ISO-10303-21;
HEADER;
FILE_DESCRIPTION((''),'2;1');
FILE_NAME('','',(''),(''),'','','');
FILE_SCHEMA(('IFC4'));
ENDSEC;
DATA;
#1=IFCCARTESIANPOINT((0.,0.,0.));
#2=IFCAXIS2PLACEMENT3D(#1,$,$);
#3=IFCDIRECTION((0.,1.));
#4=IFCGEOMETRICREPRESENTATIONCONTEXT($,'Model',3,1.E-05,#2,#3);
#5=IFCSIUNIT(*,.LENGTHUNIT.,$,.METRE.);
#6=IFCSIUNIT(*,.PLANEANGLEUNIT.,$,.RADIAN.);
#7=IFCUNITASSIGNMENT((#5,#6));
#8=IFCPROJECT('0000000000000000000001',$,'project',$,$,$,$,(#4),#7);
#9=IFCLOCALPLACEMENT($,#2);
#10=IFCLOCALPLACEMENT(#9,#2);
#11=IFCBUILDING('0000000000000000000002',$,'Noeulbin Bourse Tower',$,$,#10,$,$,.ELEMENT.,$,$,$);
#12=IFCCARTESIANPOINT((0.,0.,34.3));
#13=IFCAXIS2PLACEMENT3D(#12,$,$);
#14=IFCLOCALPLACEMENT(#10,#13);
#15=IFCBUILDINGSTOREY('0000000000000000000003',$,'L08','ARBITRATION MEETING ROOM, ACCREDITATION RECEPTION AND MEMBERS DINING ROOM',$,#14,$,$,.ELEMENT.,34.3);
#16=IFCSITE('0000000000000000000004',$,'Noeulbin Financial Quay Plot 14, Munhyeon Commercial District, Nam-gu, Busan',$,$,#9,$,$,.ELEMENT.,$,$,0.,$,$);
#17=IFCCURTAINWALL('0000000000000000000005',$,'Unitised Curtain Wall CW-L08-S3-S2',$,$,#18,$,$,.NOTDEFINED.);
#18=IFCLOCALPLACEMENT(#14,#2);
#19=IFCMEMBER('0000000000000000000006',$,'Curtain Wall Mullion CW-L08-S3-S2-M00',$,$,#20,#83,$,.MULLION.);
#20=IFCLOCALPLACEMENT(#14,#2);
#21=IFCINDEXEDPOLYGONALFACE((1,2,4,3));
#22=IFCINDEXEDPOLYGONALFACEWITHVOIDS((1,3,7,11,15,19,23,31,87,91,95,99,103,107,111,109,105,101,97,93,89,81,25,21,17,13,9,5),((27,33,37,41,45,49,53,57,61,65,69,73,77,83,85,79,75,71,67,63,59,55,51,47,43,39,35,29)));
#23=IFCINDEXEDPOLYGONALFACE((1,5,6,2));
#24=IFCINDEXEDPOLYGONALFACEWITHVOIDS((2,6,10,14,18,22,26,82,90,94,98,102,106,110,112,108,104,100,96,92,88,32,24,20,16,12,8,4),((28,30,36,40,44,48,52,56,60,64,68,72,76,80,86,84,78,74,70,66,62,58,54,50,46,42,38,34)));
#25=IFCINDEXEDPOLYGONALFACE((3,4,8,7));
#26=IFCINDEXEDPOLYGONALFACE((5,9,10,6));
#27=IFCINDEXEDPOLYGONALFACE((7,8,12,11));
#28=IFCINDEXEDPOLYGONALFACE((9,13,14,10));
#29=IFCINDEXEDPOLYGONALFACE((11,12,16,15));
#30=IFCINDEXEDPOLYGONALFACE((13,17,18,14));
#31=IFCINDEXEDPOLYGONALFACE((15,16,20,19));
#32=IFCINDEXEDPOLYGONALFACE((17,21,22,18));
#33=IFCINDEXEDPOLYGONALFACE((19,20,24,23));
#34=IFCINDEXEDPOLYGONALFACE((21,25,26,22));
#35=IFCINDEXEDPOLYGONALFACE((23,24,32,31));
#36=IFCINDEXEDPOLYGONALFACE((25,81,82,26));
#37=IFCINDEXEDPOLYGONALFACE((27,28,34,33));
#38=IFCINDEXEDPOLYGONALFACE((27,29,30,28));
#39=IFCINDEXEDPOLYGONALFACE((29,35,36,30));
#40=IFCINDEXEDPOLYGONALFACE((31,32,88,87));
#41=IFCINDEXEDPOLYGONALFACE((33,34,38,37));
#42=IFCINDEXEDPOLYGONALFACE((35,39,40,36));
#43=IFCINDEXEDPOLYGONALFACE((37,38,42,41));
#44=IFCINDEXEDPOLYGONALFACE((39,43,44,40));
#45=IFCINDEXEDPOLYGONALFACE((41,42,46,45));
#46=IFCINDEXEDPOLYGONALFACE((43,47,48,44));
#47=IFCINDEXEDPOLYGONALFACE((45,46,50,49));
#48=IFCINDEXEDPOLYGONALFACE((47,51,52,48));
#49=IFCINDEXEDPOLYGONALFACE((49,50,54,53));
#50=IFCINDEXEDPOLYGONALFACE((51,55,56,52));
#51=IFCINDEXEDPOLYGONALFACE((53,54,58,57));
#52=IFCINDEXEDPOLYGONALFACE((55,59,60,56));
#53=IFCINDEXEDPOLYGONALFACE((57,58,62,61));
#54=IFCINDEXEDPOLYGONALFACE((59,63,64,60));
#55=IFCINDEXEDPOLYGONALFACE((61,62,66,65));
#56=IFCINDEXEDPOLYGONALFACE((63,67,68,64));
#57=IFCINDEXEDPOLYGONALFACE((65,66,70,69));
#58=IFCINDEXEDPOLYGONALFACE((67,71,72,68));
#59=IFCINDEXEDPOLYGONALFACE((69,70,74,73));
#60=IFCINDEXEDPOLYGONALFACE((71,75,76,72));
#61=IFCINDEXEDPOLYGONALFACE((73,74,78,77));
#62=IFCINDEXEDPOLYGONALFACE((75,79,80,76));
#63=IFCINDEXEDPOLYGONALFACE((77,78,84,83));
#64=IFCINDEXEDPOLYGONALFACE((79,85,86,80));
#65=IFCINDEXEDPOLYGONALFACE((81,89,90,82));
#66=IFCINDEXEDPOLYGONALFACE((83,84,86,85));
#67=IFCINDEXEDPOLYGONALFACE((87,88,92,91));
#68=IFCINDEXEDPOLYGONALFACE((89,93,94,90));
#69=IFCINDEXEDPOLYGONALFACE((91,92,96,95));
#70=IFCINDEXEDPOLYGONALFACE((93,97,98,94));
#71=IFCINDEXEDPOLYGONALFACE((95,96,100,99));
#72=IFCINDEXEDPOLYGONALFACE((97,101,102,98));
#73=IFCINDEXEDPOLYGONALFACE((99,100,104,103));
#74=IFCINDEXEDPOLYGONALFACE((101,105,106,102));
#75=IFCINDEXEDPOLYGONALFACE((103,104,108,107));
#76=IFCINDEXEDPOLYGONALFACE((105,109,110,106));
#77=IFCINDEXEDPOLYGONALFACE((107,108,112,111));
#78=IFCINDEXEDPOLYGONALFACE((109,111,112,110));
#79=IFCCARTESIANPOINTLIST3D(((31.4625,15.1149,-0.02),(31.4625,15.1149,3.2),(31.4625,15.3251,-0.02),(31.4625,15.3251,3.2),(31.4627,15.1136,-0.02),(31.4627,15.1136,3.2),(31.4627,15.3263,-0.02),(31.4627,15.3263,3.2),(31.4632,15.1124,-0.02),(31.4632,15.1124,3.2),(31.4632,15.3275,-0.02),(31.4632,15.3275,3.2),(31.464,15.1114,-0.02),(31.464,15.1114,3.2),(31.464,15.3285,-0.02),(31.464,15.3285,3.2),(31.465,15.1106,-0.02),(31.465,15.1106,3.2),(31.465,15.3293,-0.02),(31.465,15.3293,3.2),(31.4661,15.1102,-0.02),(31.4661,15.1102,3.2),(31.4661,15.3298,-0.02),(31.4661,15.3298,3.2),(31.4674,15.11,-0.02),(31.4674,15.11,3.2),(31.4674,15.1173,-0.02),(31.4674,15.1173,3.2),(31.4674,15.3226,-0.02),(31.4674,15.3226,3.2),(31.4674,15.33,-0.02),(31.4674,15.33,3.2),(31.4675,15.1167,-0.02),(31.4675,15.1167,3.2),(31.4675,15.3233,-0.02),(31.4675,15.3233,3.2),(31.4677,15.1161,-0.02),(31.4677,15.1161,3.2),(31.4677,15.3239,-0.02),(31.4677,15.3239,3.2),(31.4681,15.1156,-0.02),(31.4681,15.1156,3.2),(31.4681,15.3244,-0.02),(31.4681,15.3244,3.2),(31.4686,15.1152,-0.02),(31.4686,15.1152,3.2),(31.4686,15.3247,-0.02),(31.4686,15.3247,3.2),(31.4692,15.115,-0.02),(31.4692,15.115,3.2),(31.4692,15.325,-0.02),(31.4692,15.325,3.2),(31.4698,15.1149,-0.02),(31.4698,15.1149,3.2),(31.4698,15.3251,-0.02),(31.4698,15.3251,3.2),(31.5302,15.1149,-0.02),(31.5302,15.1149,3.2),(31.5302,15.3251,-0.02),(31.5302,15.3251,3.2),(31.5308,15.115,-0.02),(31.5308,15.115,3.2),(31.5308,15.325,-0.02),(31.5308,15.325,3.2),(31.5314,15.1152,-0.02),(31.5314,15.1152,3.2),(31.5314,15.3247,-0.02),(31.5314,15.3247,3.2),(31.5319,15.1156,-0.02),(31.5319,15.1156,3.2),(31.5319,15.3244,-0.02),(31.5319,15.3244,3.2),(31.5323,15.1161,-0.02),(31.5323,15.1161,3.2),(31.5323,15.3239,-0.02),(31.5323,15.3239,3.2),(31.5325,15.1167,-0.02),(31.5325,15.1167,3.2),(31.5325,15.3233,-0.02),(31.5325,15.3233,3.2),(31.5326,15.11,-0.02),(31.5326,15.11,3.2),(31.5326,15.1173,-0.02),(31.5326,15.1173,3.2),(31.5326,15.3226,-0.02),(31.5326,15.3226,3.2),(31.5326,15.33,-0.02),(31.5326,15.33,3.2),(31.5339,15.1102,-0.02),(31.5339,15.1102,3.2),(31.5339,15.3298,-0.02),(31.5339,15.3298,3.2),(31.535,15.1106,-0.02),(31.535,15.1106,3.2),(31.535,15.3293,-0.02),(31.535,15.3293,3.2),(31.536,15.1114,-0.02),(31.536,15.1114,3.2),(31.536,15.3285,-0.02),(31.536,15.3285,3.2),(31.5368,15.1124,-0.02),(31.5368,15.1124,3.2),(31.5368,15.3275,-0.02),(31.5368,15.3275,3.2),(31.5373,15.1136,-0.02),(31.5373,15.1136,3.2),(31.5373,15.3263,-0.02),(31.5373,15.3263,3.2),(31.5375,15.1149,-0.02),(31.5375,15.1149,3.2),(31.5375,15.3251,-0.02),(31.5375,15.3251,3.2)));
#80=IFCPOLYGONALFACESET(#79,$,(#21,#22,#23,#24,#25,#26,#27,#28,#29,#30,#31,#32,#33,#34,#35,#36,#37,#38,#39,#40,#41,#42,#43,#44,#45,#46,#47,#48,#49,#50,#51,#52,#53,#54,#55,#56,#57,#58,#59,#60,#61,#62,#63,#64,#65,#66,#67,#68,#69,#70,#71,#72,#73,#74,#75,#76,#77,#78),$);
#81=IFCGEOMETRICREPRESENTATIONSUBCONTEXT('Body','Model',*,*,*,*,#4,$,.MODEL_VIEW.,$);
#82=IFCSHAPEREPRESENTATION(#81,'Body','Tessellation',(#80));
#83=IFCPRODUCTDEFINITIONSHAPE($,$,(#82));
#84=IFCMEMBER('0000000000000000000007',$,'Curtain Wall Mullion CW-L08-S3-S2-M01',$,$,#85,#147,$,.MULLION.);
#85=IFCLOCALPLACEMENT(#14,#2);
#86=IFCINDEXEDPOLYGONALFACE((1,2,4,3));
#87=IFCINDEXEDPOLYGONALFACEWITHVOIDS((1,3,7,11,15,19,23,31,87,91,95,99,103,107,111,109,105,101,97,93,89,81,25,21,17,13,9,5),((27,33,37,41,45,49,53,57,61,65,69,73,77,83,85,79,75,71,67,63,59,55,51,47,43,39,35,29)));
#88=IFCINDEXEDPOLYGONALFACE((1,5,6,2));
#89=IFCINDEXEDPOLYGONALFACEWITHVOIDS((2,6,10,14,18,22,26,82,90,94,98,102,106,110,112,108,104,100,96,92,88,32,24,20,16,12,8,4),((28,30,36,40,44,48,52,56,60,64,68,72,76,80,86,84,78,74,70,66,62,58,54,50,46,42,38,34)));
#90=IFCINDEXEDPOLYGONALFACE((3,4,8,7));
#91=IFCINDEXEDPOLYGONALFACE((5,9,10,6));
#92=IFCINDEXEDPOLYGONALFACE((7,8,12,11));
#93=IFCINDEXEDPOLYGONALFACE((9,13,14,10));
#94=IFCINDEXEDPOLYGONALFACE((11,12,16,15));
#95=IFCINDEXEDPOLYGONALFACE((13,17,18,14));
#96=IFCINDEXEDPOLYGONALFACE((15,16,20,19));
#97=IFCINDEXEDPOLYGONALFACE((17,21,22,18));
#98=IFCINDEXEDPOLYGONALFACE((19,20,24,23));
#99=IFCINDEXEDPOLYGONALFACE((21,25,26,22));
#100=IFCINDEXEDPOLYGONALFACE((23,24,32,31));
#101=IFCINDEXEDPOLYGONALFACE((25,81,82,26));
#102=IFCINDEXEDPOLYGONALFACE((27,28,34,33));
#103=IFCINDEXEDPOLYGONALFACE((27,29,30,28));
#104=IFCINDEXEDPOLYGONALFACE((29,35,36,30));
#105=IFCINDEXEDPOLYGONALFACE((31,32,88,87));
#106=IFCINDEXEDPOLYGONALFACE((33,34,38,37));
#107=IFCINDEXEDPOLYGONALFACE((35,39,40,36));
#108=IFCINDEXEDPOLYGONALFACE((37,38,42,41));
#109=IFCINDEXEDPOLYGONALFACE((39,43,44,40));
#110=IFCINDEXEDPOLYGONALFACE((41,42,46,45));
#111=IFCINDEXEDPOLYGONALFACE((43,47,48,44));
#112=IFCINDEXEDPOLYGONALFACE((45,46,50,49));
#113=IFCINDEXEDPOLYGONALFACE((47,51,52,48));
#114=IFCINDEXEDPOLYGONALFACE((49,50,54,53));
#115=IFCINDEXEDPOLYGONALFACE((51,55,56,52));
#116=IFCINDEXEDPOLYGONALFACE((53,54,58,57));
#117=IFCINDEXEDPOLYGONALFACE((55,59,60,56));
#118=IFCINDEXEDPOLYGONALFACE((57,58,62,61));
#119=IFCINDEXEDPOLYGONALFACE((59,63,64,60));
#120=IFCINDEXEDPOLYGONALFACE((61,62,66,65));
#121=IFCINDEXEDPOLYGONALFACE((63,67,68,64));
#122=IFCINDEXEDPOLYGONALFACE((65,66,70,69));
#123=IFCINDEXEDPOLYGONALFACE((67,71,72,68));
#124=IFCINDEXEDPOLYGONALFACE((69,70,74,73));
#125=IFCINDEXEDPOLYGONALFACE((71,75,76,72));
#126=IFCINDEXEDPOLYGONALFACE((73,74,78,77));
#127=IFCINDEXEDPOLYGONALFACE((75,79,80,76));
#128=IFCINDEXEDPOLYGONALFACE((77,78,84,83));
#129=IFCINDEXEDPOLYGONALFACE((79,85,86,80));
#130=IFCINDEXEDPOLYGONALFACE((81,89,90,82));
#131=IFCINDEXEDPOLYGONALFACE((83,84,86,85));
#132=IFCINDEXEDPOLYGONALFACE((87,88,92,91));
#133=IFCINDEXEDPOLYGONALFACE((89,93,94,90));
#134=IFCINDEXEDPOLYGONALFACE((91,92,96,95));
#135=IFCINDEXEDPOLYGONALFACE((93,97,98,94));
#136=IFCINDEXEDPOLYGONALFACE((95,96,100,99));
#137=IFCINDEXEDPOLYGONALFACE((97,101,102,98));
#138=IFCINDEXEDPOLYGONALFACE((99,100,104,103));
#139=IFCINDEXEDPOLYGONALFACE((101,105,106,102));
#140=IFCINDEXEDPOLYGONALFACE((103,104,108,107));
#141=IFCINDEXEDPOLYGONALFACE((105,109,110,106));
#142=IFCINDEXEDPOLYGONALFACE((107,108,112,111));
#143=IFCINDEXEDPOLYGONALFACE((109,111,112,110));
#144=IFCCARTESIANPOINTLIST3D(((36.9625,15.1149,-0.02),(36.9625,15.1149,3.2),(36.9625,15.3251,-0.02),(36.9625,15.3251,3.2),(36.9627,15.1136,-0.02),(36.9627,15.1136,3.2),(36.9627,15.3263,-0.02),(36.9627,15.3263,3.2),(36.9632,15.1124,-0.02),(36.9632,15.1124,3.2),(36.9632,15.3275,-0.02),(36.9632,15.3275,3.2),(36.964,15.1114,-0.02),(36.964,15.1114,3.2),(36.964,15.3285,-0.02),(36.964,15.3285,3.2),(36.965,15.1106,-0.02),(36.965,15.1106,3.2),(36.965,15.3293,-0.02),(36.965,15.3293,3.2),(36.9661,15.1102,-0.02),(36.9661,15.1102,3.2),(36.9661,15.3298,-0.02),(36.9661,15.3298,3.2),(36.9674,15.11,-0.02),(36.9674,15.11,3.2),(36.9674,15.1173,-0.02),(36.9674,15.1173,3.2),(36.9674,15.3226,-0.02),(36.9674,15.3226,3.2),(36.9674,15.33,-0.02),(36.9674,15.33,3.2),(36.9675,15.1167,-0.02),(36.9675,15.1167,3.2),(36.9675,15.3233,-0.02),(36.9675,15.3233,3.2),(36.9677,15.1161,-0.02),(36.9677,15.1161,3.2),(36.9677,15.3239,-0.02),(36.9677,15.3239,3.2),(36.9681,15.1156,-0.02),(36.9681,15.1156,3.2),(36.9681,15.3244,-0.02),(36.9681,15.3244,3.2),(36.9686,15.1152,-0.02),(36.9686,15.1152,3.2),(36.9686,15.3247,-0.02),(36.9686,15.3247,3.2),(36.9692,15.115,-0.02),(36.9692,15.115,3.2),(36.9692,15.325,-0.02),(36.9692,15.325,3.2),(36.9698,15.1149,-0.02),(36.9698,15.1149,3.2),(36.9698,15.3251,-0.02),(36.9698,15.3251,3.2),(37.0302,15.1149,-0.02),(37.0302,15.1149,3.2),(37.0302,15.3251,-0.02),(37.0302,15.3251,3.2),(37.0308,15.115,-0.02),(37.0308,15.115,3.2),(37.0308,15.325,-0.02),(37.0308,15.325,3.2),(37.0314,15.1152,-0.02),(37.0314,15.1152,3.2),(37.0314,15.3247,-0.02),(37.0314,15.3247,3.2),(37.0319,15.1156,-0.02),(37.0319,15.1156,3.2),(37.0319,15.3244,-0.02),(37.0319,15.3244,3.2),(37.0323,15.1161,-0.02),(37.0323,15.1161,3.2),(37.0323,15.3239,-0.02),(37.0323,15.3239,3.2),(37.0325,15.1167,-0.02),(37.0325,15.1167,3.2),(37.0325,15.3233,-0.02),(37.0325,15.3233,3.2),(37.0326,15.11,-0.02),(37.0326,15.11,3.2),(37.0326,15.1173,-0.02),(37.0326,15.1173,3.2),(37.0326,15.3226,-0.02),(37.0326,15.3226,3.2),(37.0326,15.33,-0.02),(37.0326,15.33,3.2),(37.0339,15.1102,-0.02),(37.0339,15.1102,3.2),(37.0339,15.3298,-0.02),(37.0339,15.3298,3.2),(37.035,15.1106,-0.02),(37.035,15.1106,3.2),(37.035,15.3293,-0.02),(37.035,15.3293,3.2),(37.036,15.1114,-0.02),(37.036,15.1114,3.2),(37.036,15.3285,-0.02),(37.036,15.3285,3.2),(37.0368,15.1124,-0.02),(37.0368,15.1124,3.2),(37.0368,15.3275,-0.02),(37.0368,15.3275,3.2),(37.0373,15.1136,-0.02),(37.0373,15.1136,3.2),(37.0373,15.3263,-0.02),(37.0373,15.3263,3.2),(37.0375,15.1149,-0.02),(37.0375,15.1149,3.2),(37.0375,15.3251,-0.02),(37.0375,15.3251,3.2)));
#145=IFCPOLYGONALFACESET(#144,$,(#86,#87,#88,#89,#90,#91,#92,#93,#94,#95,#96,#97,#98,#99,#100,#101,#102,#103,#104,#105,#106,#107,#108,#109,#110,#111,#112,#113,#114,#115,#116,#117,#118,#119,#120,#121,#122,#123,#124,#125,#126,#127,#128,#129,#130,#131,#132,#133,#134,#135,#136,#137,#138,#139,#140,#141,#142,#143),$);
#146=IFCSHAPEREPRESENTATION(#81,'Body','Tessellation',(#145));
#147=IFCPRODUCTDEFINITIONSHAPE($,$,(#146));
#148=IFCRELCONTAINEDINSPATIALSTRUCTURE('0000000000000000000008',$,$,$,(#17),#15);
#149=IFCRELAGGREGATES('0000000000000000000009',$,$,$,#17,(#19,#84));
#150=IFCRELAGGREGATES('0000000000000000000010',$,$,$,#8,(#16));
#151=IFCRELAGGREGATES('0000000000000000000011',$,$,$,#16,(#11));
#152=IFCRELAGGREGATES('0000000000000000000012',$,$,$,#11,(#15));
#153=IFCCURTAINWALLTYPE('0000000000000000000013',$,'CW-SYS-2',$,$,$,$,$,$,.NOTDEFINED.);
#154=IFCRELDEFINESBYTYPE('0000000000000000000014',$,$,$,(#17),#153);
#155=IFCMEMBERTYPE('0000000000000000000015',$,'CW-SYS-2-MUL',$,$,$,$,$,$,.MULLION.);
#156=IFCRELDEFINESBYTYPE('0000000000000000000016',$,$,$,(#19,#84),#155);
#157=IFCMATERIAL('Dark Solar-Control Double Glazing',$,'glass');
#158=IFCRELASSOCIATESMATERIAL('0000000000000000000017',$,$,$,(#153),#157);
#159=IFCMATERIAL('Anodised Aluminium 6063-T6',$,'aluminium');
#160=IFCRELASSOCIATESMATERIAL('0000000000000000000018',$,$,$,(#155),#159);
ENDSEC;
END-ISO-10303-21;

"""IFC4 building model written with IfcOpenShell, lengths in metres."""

from ifc_helpers import new_model, si_unit, direction, frame, origin, origin_2d, place, context, subcontext, project, spatial, hollow_rectangle, extrude, material, material_profile, profile_set, type_object, element, aggregate, save


model = new_model("IFC4")

# Units and contexts
model_context = context("Model", 3, precision=1e-05, world=origin(), true_north=direction((0.0, 1.0)))
body_context = subcontext(model_context, "Body", "Model", "MODEL_VIEW")
ifc_project = project(units=[si_unit("LENGTHUNIT", "METRE"), si_unit("PLANEANGLEUNIT", "RADIAN")], contexts=[model_context])

# Site, building, storey
site_placement = place(None, origin())
site = spatial("IfcSite", under=ifc_project, at=site_placement, Name="Noeulbin Financial Quay Plot 14, Munhyeon Commercial District, Nam-gu, Busan", CompositionType="ELEMENT", RefElevation=0.0)
building_placement = place(site_placement, origin())
building = spatial("IfcBuilding", under=site, at=building_placement, Name="Noeulbin Bourse Tower", CompositionType="ELEMENT")
storey_placement = place(building_placement, frame((0.0, 0.0, 34.3)))
storey = spatial("IfcBuildingStorey", under=building, at=storey_placement, Name="L08", Description="ARBITRATION MEETING ROOM, ACCREDITATION RECEPTION AND MEMBERS DINING ROOM", CompositionType="ELEMENT", Elevation=34.3)

# Curtain wall, members
ifc_material_1 = material(Name="Dark Solar-Control Double Glazing", Category="glass")
curtain_wall_type = type_object("IfcCurtainWallType", Name="CW-SYS-2", PredefinedType="NOTDEFINED", material=ifc_material_1)
ifc_material_2 = material(Name="Anodised Aluminium 6063-T6", Category="aluminium")
ifc_material_profile_1 = material_profile(ifc_material_2, hollow_rectangle(XDim=0.075, YDim=0.22, WallThickness=0.0049, InnerFilletRadius=0.0024, OuterFilletRadius=0.0049, at=origin_2d()), Name="ALU-MULL-75x220x5", Category="LoadBearing")
ifc_profile_set_1 = profile_set([ifc_material_profile_1], Name="Anodised Aluminium 6063-T6")
member_type_1 = type_object("IfcMemberType", Name="CW-SYS-2-MUL", PredefinedType="MULLION", material=ifc_profile_set_1)
curtain_wall_1_placement = place(storey_placement, origin())
curtain_wall_1 = element("IfcCurtainWall", 1, at=curtain_wall_1_placement, inside=storey, type_object=curtain_wall_type, Name="Unitised Curtain Wall CW-L08-S3-S2", PredefinedType="NOTDEFINED")
member_1_placement = place(storey_placement, frame((31.5, 15.22, -0.02), z_axis=(0.0, 0.0, 1.0), x_axis=(1.0, 0.0, 0.0)))
member_1 = element("IfcMember", 2, at=member_1_placement, type_object=member_type_1, Name="Curtain Wall Mullion CW-L08-S3-S2-M00", PredefinedType="MULLION", context=body_context, shape_type="SweptSolid", body=[
    extrude(hollow_rectangle(XDim=0.075, YDim=0.22, WallThickness=0.0049, InnerFilletRadius=0.0024, OuterFilletRadius=0.0049, at=origin_2d()), origin(), (0.0, 0.0, 1.0), 3.22),
])
member_2_placement = place(storey_placement, frame((37.0, 15.22, -0.02), z_axis=(0.0, 0.0, 1.0), x_axis=(1.0, 0.0, 0.0)))
member_2 = element("IfcMember", 3, at=member_2_placement, type_object=member_type_1, Name="Curtain Wall Mullion CW-L08-S3-S2-M01", PredefinedType="MULLION", context=body_context, shape_type="SweptSolid", body=[
    extrude(hollow_rectangle(XDim=0.075, YDim=0.22, WallThickness=0.0049, InnerFilletRadius=0.0024, OuterFilletRadius=0.0049, at=origin_2d()), origin(), (0.0, 0.0, 1.0), 3.22),
])

aggregate(curtain_wall_1, [member_1, member_2])

save(model, "model.ifc")
